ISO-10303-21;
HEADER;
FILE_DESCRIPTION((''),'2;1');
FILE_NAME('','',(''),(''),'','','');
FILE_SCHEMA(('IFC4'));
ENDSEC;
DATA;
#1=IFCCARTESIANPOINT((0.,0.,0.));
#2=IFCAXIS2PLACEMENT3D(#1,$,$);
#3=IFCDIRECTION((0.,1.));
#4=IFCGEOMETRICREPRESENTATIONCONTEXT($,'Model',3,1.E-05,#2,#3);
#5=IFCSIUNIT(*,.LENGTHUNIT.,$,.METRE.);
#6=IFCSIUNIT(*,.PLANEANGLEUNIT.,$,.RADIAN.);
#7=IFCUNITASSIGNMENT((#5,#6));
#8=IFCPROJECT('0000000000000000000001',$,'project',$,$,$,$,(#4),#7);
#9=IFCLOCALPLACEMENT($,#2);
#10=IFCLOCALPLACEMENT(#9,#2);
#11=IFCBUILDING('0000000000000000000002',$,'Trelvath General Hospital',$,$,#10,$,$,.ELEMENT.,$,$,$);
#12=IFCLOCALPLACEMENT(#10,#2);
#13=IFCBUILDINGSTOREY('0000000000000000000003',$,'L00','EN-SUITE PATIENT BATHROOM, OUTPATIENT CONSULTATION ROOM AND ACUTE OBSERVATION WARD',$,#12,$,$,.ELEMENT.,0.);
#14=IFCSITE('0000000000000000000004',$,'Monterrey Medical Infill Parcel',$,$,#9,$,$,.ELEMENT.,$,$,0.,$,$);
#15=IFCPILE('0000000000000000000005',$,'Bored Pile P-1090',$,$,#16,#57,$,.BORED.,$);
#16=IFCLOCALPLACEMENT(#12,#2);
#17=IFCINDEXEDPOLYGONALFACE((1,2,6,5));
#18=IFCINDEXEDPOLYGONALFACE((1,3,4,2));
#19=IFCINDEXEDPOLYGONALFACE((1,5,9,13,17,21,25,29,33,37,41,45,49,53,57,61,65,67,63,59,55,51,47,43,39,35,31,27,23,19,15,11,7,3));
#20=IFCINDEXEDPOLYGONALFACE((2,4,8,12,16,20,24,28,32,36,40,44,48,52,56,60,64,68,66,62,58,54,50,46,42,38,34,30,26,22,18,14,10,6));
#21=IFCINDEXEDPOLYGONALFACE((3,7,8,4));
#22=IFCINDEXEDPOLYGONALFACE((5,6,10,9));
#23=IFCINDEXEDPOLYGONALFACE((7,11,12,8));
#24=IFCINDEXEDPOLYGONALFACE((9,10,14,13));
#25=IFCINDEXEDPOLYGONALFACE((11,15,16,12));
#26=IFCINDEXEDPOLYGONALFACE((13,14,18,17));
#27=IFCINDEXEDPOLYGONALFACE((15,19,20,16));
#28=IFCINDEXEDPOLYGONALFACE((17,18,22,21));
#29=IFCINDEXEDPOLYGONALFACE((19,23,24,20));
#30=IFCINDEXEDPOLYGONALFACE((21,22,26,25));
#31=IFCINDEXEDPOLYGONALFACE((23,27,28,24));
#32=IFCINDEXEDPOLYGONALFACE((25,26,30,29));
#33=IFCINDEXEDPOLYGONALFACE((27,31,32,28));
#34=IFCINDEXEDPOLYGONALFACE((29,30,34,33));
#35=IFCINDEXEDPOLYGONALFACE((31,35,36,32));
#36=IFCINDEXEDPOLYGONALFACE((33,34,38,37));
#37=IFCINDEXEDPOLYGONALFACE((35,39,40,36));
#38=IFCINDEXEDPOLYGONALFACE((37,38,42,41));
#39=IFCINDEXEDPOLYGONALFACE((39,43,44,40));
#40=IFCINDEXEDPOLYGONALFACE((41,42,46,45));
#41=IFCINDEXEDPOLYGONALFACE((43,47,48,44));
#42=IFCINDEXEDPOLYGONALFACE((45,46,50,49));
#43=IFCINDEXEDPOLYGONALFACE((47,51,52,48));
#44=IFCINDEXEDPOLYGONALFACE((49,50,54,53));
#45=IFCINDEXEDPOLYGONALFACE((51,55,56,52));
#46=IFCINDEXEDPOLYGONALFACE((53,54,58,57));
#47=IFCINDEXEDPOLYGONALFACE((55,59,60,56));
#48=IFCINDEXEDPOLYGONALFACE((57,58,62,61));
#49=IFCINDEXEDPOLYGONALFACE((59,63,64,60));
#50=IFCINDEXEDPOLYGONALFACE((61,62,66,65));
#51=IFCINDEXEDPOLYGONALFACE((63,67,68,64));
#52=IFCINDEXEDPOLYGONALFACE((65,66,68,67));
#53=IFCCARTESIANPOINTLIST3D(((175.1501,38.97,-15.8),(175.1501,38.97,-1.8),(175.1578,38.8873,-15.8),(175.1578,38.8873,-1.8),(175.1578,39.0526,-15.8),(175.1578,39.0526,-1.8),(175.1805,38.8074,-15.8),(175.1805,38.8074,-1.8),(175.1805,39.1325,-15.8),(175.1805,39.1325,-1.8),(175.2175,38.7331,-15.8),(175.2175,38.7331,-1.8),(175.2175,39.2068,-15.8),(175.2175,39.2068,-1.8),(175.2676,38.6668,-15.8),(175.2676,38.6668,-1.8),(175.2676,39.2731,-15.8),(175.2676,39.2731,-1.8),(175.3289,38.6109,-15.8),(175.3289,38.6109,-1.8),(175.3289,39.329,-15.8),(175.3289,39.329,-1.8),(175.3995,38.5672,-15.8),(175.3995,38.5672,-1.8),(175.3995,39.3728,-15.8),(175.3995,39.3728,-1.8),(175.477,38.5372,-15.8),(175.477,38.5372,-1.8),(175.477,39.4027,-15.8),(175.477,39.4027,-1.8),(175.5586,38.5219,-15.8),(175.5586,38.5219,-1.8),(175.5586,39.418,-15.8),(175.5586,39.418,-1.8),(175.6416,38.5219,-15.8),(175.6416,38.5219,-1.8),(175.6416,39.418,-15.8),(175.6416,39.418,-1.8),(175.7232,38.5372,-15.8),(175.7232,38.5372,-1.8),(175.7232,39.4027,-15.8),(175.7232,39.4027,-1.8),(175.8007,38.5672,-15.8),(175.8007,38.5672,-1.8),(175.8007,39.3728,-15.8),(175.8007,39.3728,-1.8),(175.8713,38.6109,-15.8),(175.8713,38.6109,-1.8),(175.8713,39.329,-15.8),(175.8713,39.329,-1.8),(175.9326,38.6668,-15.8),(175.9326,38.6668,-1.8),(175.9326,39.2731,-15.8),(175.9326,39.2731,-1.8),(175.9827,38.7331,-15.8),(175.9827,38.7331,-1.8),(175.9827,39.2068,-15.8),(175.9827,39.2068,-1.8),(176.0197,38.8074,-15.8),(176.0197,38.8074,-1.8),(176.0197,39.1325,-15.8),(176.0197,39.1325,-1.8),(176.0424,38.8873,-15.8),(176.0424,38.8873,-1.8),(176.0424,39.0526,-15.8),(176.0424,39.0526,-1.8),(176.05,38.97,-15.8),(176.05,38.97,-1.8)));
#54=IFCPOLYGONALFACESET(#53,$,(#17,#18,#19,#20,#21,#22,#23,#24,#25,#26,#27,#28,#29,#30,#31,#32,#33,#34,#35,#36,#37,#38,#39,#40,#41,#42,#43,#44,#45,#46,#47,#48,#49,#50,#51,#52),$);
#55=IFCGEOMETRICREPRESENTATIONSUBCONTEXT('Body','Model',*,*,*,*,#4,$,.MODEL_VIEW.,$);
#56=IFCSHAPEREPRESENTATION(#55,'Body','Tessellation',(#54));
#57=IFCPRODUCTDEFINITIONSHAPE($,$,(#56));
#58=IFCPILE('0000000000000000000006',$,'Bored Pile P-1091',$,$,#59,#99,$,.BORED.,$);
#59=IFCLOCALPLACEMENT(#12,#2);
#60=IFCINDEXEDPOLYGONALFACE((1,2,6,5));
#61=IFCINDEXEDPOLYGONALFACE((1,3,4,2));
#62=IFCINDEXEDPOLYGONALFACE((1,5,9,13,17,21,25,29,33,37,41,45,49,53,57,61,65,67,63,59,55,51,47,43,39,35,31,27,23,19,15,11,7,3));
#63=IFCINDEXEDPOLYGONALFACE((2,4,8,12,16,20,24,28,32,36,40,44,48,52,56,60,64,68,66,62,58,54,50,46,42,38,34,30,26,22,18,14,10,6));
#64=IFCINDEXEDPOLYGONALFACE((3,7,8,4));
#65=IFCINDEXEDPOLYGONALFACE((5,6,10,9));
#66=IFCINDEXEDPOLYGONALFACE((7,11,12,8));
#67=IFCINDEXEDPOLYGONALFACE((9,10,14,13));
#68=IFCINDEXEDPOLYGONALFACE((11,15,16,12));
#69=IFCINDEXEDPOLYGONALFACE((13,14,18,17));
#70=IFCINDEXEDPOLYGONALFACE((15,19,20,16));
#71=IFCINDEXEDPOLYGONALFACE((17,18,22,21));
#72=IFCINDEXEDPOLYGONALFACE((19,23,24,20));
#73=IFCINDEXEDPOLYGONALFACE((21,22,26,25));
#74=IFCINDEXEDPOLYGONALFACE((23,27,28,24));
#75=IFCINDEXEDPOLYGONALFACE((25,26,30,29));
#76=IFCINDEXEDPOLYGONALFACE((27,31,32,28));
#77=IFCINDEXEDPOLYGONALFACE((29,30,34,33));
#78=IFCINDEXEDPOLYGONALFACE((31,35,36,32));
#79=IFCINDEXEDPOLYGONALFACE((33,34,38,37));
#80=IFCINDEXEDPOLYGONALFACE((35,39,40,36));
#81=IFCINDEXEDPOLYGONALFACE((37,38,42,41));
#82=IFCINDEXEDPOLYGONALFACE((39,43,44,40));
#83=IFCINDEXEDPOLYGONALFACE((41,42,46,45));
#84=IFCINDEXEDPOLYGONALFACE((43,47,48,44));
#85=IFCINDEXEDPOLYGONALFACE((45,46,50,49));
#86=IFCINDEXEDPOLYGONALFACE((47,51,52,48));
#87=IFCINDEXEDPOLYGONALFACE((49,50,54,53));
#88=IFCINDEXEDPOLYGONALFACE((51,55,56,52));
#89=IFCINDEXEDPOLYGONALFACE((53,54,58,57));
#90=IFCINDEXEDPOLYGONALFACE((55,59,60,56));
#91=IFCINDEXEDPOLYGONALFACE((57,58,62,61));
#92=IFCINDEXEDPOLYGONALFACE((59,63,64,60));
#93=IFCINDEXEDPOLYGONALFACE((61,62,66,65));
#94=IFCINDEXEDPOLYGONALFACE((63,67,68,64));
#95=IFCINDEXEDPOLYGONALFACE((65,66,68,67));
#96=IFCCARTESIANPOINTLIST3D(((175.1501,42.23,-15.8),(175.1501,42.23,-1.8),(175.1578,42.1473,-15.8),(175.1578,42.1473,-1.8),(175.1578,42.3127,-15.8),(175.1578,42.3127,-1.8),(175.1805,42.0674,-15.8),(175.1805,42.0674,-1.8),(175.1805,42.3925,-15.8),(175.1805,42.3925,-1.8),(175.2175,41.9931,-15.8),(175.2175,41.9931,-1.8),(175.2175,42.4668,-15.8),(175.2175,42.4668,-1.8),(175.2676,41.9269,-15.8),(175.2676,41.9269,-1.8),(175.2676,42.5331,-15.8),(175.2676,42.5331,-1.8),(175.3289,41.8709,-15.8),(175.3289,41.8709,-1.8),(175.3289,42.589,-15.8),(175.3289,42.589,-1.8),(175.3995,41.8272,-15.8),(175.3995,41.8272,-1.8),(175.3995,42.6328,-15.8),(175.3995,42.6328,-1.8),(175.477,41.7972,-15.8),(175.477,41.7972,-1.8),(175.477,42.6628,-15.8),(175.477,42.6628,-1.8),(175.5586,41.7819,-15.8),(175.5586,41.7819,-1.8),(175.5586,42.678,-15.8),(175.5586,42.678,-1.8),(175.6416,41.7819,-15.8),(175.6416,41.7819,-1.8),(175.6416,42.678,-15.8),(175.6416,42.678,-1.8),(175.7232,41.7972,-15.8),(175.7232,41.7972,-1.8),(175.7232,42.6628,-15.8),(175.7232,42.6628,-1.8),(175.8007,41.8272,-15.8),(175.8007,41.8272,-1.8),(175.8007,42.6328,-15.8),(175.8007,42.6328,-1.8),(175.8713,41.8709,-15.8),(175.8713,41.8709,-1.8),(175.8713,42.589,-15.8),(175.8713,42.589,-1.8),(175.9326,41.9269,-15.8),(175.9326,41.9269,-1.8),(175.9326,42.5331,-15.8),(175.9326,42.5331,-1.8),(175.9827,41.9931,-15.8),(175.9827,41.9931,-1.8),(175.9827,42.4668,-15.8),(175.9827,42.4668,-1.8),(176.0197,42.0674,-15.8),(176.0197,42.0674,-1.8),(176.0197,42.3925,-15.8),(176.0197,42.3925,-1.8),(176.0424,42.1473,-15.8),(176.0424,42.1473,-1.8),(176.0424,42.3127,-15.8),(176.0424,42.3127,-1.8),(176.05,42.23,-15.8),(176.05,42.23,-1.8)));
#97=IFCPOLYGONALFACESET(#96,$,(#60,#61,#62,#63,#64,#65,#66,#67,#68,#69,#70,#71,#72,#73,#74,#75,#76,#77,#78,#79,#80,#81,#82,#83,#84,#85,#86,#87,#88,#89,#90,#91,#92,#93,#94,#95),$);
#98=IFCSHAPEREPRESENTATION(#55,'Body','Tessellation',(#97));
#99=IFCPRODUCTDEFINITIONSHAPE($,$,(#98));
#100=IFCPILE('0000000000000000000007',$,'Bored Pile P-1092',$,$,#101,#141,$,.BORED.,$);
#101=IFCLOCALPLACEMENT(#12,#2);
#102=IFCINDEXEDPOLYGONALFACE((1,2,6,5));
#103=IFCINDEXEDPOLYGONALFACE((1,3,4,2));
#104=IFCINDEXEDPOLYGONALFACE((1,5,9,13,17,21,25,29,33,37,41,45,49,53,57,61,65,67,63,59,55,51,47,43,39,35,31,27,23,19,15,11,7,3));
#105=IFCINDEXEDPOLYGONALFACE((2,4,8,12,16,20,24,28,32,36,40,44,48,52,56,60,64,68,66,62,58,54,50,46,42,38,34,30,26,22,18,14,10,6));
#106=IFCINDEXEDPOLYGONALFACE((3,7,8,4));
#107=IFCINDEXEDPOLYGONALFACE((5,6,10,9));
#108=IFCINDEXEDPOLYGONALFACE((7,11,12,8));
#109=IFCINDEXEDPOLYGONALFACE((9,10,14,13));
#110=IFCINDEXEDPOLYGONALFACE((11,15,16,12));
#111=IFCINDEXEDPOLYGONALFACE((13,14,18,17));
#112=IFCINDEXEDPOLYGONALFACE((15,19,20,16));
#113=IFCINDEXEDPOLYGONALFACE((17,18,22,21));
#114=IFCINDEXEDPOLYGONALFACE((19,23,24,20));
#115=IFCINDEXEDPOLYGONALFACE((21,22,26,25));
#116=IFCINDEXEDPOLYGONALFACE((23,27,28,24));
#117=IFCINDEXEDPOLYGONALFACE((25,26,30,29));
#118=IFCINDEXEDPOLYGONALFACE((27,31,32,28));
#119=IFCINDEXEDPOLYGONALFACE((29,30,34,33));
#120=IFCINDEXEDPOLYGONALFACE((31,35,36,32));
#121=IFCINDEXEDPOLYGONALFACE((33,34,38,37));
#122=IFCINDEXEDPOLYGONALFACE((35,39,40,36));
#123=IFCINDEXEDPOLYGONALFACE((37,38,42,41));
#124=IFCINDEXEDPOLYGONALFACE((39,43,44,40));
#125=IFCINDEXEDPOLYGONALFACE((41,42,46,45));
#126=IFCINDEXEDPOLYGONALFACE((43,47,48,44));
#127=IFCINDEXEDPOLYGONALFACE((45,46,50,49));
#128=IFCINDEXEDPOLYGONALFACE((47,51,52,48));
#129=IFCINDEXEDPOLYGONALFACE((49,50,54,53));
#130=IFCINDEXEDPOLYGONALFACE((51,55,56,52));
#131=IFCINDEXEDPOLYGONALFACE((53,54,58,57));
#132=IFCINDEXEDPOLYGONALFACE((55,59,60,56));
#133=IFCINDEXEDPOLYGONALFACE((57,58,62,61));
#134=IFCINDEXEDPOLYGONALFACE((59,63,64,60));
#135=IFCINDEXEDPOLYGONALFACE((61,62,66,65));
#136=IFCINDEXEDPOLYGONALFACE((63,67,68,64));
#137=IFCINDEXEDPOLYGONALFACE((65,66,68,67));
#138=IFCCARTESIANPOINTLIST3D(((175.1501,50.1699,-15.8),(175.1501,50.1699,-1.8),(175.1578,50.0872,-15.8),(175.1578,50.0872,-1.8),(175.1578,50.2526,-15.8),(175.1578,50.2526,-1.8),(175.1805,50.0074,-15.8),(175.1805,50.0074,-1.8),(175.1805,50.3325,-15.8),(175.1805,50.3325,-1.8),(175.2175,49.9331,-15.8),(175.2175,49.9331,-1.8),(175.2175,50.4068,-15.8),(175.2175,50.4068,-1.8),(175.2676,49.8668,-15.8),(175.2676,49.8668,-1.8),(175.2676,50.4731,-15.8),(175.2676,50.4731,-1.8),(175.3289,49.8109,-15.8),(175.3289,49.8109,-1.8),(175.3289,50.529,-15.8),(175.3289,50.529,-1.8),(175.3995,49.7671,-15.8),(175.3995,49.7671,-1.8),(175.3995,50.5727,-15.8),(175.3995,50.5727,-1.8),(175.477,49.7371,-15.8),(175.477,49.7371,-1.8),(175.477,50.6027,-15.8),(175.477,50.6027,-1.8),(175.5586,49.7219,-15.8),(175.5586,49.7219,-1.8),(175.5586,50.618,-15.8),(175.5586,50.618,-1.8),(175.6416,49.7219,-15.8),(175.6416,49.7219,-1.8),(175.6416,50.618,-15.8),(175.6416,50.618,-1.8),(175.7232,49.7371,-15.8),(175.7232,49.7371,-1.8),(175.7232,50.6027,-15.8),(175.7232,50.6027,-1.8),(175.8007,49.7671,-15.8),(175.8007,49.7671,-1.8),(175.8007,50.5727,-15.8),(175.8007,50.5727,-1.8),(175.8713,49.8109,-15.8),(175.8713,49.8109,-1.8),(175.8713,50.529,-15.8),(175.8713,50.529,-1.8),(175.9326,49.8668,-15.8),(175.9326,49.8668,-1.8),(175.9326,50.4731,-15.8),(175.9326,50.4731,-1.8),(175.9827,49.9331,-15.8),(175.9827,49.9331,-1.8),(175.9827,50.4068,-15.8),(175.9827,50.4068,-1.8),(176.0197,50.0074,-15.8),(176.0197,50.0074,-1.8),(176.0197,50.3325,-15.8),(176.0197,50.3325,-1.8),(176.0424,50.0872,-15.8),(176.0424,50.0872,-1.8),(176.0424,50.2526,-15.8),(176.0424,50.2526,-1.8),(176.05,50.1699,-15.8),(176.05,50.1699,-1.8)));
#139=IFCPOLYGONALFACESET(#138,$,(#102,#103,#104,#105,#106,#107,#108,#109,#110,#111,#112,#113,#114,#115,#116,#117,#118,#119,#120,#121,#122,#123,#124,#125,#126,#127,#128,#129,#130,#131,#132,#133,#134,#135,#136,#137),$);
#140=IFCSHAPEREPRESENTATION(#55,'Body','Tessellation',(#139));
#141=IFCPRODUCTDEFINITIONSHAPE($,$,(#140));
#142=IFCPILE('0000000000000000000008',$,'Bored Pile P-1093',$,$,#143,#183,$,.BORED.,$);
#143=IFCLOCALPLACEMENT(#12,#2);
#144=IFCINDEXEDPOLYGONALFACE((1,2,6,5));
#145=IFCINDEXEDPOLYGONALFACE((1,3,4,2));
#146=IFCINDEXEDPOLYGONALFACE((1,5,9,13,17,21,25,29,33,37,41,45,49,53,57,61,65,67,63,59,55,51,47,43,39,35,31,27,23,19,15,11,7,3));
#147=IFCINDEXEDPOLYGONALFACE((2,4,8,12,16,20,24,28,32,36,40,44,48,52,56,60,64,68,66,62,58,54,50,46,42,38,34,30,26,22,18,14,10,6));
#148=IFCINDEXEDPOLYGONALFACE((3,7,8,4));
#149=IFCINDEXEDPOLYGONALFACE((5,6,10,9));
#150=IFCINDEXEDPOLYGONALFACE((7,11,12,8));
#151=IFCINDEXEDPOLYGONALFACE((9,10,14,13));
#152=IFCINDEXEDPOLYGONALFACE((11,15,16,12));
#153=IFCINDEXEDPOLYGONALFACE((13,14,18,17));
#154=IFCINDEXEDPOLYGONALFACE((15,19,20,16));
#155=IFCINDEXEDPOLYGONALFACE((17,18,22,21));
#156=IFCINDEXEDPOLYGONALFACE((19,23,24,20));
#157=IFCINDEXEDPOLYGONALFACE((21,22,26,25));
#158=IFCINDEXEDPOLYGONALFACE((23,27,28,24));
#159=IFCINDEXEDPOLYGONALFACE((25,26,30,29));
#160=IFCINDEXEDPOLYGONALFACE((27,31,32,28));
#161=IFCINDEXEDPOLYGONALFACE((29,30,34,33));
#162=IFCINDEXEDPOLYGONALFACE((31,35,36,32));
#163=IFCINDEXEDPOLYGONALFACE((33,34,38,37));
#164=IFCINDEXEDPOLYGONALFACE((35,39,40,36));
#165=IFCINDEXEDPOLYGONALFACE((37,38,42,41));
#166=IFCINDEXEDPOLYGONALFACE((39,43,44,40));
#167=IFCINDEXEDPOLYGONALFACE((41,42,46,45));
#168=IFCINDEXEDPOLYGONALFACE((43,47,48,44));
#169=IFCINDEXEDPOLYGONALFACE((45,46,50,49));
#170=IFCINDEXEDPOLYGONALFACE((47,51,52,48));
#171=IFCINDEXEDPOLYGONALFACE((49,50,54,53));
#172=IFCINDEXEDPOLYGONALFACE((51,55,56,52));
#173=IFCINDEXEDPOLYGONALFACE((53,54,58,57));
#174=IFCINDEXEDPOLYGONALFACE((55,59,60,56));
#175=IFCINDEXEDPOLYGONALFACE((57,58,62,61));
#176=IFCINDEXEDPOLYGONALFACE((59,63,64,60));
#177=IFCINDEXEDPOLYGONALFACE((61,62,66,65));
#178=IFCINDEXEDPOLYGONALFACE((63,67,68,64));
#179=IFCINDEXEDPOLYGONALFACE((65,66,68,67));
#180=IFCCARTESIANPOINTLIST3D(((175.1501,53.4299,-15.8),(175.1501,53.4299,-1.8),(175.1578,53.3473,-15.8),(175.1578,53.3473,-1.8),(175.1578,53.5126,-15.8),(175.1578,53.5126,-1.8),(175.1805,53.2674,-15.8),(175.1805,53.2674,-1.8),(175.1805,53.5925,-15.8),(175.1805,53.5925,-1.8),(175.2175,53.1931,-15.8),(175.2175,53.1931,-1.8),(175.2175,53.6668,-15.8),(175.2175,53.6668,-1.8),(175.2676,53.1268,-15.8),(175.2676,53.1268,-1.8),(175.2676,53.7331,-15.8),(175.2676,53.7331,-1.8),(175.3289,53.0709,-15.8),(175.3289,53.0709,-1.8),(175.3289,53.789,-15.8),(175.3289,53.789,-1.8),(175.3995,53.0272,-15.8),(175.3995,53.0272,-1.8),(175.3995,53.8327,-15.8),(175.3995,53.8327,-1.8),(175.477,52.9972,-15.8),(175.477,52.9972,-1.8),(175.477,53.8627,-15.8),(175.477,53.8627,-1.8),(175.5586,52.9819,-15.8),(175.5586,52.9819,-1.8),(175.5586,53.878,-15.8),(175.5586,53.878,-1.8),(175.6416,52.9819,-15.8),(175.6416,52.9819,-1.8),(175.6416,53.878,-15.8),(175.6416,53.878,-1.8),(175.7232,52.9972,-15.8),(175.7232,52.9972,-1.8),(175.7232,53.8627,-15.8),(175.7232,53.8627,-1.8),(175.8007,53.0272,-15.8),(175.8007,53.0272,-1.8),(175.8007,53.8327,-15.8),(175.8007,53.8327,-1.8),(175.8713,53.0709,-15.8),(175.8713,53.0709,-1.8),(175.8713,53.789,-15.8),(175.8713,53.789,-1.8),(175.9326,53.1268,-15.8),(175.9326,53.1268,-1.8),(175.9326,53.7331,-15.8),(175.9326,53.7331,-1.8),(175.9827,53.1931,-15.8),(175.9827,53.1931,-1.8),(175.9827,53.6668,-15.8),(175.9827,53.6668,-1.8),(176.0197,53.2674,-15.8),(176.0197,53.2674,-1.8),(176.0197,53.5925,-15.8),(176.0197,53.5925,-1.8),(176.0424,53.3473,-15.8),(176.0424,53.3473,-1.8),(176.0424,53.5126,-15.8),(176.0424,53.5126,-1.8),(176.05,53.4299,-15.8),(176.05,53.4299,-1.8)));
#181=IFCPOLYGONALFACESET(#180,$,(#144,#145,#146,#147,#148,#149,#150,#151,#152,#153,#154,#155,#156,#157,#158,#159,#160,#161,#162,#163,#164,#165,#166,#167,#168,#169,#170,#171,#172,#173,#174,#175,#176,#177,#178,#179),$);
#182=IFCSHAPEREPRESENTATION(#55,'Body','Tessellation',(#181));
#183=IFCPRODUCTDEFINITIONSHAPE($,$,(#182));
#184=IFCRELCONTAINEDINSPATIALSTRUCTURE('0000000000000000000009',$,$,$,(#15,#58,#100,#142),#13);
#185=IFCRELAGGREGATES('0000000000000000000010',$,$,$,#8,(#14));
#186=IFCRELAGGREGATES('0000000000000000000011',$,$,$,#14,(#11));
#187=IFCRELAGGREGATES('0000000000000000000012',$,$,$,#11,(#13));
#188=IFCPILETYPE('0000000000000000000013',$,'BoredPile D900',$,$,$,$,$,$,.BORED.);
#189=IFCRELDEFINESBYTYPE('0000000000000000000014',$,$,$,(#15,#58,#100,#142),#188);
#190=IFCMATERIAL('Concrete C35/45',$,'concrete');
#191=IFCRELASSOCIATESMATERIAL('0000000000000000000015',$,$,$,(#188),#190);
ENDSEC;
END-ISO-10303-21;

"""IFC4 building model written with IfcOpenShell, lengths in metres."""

from ifc_helpers import new_model, si_unit, direction, frame, origin, origin_2d, place, context, subcontext, project, spatial, circle, extrude, material, material_profile, profile_set, type_object, element, save


model = new_model("IFC4")

# Units and contexts
model_context = context("Model", 3, precision=1e-05, world=origin(), true_north=direction((0.0, 1.0)))
body_context = subcontext(model_context, "Body", "Model", "MODEL_VIEW")
ifc_project = project(units=[si_unit("LENGTHUNIT", "METRE"), si_unit("PLANEANGLEUNIT", "RADIAN")], contexts=[model_context])

# Site, building, storey
site_placement = place(None, origin())
site = spatial("IfcSite", under=ifc_project, at=site_placement, Name="Monterrey Medical Infill Parcel", CompositionType="ELEMENT", RefElevation=0.0)
building_placement = place(site_placement, origin())
building = spatial("IfcBuilding", under=site, at=building_placement, Name="Trelvath General Hospital", CompositionType="ELEMENT")
storey_placement = place(building_placement, origin())
storey = spatial("IfcBuildingStorey", under=building, at=storey_placement, Name="L00", Description="EN-SUITE PATIENT BATHROOM, OUTPATIENT CONSULTATION ROOM AND ACUTE OBSERVATION WARD", CompositionType="ELEMENT", Elevation=0.0)

# Piles
ifc_material_1 = material(Name="Concrete C35/45", Category="concrete")
ifc_material_profile_1 = material_profile(ifc_material_1, circle(Radius=0.45, at=origin_2d()), Name="PILE900")
ifc_profile_set_1 = profile_set([ifc_material_profile_1], Name="Concrete C35/45")
pile_type = type_object("IfcPileType", Name="BoredPile D900", PredefinedType="BORED", material=ifc_profile_set_1)
for number, where, z_axis, x_axis, name in (
    (1, (175.6001, 38.97, -1.8), (0.0, 0.0, -1.0), (1.0, 0.0, 0.0), "Bored Pile P-1090"),
    (2, (175.6001, 42.23, -1.8), (0.0, 0.0, -1.0), (1.0, 0.0, 0.0), "Bored Pile P-1091"),
    (3, (175.6001, 50.1699, -1.8), (0.0, 0.0, -1.0), (1.0, 0.0, 0.0), "Bored Pile P-1092"),
    (4, (175.6001, 53.4299, -1.8), (0.0, 0.0, -1.0), (1.0, 0.0, 0.0), "Bored Pile P-1093"),
):
    element("IfcPile", number, at=place(storey_placement, frame(where, z_axis=z_axis, x_axis=x_axis)), inside=storey, type_object=pile_type, Name=name, PredefinedType="BORED", context=body_context, shape_type="SweptSolid", body=[
        extrude(circle(Radius=0.45, at=origin_2d()), origin(), (0.0, 0.0, 1.0), 14.0),
    ])

save(model, "model.ifc")
